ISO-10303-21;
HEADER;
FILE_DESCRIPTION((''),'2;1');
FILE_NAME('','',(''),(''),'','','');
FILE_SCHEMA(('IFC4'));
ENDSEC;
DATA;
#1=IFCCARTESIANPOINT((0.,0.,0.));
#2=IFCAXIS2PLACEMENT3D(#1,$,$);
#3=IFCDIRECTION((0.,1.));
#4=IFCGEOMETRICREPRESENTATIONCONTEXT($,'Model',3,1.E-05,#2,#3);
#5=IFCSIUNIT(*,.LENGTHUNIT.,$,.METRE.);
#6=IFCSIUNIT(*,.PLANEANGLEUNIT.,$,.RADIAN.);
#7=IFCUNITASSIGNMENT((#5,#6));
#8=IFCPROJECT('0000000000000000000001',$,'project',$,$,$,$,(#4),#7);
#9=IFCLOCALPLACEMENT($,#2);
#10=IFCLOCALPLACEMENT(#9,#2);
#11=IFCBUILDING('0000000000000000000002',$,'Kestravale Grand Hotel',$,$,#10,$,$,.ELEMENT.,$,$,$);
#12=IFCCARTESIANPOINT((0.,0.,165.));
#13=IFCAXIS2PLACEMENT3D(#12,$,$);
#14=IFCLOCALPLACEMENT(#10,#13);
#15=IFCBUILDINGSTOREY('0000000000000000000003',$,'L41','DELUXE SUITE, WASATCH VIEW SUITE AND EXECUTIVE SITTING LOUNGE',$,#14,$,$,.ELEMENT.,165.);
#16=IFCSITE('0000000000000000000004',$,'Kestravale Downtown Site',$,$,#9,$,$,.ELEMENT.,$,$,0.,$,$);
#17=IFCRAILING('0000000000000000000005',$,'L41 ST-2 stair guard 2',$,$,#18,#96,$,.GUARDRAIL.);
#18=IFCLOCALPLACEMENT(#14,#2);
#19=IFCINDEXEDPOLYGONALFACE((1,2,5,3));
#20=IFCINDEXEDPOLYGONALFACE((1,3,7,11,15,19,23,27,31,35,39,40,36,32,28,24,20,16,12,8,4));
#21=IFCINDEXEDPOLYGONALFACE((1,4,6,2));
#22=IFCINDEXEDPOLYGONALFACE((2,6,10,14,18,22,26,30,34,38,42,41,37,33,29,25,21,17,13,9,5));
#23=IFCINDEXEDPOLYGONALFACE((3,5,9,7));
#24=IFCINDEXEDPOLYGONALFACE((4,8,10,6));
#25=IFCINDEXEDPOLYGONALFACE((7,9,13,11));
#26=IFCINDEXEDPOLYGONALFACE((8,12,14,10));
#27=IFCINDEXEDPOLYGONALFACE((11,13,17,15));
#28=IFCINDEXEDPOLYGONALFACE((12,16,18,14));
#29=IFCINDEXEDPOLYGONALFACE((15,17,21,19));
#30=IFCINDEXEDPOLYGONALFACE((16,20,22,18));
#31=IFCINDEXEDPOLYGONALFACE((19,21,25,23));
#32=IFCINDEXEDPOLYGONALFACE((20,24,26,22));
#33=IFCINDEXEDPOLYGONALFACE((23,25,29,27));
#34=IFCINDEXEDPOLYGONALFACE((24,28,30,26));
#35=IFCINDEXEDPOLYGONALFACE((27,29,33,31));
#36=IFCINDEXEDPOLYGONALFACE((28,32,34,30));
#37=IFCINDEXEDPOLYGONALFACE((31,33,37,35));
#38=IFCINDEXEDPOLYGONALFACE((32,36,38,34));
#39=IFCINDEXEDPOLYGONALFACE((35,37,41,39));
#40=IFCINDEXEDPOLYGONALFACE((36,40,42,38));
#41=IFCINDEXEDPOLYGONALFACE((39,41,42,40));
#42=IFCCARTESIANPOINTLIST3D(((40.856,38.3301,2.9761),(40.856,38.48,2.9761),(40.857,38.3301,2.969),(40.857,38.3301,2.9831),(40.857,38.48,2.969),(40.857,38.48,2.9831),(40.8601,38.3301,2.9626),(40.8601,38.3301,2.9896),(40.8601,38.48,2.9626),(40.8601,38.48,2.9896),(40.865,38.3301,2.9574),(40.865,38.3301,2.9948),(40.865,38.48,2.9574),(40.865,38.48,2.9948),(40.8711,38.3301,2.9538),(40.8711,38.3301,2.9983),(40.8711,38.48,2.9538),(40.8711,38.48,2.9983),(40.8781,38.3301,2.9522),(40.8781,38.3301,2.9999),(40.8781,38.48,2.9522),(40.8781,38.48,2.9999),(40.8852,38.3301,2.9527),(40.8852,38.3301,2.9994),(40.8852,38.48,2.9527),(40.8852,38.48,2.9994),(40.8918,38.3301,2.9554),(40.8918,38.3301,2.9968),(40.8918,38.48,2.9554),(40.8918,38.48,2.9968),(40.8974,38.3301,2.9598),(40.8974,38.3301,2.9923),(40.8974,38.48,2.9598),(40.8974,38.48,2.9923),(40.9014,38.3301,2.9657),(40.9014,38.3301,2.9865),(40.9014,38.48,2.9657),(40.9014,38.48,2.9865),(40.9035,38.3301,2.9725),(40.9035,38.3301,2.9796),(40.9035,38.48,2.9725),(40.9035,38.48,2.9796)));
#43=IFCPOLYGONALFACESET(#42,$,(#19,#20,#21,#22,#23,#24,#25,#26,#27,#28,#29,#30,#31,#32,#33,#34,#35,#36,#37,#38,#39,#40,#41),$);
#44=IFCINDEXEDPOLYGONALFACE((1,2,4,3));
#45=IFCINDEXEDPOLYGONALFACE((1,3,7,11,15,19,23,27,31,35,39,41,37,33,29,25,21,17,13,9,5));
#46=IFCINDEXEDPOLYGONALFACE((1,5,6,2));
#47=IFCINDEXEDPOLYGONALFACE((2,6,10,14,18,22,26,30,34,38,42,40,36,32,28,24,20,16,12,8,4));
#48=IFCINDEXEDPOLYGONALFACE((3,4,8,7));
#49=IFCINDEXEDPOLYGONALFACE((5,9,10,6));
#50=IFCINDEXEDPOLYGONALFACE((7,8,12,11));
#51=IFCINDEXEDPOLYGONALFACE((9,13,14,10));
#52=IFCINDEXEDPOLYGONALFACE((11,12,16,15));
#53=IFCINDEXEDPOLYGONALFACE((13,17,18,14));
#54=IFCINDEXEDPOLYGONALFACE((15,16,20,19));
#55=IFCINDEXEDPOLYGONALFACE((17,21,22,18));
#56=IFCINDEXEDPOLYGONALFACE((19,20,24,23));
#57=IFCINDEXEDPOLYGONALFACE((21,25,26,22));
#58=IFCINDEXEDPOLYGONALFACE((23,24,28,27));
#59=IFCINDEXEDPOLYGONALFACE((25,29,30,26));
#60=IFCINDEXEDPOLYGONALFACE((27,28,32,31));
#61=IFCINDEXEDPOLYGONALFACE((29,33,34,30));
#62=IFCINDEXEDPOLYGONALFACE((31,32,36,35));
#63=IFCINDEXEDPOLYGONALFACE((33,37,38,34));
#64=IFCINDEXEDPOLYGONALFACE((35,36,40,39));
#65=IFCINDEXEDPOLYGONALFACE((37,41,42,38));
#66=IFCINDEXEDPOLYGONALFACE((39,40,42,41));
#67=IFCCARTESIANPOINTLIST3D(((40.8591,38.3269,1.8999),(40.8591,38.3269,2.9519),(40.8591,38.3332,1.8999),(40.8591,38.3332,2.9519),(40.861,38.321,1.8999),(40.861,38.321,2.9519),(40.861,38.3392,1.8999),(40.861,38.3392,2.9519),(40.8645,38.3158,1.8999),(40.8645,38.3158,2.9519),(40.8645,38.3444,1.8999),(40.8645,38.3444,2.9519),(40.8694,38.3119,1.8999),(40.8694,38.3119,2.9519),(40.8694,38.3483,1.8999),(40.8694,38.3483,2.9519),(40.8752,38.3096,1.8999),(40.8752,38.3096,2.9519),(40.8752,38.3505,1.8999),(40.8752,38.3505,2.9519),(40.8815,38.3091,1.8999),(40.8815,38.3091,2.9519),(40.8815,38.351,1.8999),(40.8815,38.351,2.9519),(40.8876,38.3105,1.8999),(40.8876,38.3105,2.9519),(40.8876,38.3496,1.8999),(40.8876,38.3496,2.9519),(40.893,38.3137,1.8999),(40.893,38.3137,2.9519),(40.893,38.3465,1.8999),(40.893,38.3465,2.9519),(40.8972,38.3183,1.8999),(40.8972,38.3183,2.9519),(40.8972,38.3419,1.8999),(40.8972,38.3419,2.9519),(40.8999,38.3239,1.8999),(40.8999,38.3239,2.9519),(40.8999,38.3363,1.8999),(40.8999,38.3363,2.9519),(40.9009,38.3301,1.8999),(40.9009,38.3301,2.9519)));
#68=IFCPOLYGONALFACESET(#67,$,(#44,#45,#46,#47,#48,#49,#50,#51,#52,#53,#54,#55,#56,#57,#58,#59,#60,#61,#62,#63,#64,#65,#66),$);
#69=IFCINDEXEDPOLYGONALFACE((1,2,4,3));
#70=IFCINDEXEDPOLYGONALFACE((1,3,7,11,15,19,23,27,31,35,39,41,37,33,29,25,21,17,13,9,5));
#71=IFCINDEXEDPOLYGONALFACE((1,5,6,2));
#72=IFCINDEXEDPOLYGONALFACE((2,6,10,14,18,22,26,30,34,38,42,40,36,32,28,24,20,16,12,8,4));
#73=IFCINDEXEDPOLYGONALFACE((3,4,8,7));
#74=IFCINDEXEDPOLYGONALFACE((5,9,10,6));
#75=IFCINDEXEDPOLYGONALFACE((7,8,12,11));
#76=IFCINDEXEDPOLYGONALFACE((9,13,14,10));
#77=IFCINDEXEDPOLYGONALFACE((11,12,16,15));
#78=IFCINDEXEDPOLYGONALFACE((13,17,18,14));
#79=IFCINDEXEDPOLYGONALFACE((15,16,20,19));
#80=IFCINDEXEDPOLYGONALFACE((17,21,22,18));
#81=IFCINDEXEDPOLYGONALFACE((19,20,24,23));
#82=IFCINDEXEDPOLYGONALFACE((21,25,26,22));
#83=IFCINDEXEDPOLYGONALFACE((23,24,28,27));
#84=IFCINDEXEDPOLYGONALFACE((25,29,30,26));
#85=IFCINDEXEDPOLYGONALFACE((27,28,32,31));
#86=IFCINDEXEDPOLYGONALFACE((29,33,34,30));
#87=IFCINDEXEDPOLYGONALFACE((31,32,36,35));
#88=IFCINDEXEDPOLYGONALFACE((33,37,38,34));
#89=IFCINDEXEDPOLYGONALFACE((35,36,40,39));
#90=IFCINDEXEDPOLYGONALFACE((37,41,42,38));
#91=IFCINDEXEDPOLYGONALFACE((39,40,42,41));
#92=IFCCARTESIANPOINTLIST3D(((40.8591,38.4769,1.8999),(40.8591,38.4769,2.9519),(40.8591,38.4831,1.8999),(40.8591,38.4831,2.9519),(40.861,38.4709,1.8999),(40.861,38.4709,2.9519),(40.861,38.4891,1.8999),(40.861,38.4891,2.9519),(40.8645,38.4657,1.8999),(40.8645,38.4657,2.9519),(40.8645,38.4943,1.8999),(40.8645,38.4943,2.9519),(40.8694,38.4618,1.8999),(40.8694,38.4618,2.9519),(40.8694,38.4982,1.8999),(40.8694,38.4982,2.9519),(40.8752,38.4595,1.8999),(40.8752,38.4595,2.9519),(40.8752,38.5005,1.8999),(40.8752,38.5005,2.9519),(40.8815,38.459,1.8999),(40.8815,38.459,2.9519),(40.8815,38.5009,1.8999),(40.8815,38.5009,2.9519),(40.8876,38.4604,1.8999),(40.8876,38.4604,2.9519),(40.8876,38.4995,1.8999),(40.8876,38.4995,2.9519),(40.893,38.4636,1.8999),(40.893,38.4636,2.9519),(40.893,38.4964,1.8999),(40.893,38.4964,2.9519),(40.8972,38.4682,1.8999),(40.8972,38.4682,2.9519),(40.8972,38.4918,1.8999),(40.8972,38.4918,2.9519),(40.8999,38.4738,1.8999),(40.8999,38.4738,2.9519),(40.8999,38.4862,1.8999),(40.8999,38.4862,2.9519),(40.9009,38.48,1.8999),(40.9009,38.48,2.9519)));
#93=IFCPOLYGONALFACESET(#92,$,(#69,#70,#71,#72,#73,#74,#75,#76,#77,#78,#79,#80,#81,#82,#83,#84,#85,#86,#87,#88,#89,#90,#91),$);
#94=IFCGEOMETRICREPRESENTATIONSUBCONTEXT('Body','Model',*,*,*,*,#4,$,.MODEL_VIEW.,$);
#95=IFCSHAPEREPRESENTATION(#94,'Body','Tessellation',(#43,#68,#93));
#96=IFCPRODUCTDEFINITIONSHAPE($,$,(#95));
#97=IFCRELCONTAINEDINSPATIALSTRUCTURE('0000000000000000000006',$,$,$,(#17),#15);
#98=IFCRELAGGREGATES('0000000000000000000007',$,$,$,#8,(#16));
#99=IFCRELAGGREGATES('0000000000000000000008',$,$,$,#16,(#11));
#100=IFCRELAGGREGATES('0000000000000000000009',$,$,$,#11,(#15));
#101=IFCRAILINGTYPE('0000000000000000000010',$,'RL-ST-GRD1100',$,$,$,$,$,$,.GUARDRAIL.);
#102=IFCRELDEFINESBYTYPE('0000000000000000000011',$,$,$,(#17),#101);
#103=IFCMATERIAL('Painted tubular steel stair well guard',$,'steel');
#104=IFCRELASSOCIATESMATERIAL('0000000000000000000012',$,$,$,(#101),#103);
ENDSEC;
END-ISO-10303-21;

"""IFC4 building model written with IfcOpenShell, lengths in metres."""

from ifc_helpers import new_model, si_unit, direction, frame, origin, origin_2d, place, context, subcontext, project, spatial, circle, extrude, material, type_object, element, save


model = new_model("IFC4")

# Units and contexts
model_context = context("Model", 3, precision=1e-05, world=origin(), true_north=direction((0.0, 1.0)))
body_context = subcontext(model_context, "Body", "Model", "MODEL_VIEW")
ifc_project = project(units=[si_unit("LENGTHUNIT", "METRE"), si_unit("PLANEANGLEUNIT", "RADIAN")], contexts=[model_context])

# Site, building, storey
site_placement = place(None, origin())
site = spatial("IfcSite", under=ifc_project, at=site_placement, Name="Kestravale Downtown Site", CompositionType="ELEMENT", RefElevation=0.0)
building_placement = place(site_placement, origin())
building = spatial("IfcBuilding", under=site, at=building_placement, Name="Kestravale Grand Hotel", CompositionType="ELEMENT")
storey_placement = place(building_placement, frame((0.0, 0.0, 165.0)))
storey = spatial("IfcBuildingStorey", under=building, at=storey_placement, Name="L41", Description="DELUXE SUITE, WASATCH VIEW SUITE AND EXECUTIVE SITTING LOUNGE", CompositionType="ELEMENT", Elevation=165.0)

# Railing
ifc_material_1 = material(Name="Painted tubular steel stair well guard", Category="steel")
railing_type_1 = type_object("IfcRailingType", Name="RL-ST-GRD1100", PredefinedType="GUARDRAIL", material=ifc_material_1)
railing_1_placement = place(storey_placement, frame((40.8799, 38.3301, 1.8999)))
element("IfcRailing", 1, at=railing_1_placement, inside=storey, type_object=railing_type_1, Name="L41 ST-2 stair guard 2", PredefinedType="GUARDRAIL", context=body_context, shape_type="SweptSolid", body=[
    extrude(circle(Radius=0.0239, at=origin_2d()), frame((0.0, 0.0, 1.0762), z_axis=(0.0, 1.0, 0.0), x_axis=(-1.0, 0.0, 0.0)), (0.0, 0.0, 1.0), 0.1499),
    extrude(circle(Radius=0.021, at=origin_2d()), origin(), (0.0, 0.0, 1.0), 1.052),
    extrude(circle(Radius=0.021, at=origin_2d()), frame((0.0, 0.1499, 0.0)), (0.0, 0.0, 1.0), 1.052),
])

save(model, "model.ifc")
